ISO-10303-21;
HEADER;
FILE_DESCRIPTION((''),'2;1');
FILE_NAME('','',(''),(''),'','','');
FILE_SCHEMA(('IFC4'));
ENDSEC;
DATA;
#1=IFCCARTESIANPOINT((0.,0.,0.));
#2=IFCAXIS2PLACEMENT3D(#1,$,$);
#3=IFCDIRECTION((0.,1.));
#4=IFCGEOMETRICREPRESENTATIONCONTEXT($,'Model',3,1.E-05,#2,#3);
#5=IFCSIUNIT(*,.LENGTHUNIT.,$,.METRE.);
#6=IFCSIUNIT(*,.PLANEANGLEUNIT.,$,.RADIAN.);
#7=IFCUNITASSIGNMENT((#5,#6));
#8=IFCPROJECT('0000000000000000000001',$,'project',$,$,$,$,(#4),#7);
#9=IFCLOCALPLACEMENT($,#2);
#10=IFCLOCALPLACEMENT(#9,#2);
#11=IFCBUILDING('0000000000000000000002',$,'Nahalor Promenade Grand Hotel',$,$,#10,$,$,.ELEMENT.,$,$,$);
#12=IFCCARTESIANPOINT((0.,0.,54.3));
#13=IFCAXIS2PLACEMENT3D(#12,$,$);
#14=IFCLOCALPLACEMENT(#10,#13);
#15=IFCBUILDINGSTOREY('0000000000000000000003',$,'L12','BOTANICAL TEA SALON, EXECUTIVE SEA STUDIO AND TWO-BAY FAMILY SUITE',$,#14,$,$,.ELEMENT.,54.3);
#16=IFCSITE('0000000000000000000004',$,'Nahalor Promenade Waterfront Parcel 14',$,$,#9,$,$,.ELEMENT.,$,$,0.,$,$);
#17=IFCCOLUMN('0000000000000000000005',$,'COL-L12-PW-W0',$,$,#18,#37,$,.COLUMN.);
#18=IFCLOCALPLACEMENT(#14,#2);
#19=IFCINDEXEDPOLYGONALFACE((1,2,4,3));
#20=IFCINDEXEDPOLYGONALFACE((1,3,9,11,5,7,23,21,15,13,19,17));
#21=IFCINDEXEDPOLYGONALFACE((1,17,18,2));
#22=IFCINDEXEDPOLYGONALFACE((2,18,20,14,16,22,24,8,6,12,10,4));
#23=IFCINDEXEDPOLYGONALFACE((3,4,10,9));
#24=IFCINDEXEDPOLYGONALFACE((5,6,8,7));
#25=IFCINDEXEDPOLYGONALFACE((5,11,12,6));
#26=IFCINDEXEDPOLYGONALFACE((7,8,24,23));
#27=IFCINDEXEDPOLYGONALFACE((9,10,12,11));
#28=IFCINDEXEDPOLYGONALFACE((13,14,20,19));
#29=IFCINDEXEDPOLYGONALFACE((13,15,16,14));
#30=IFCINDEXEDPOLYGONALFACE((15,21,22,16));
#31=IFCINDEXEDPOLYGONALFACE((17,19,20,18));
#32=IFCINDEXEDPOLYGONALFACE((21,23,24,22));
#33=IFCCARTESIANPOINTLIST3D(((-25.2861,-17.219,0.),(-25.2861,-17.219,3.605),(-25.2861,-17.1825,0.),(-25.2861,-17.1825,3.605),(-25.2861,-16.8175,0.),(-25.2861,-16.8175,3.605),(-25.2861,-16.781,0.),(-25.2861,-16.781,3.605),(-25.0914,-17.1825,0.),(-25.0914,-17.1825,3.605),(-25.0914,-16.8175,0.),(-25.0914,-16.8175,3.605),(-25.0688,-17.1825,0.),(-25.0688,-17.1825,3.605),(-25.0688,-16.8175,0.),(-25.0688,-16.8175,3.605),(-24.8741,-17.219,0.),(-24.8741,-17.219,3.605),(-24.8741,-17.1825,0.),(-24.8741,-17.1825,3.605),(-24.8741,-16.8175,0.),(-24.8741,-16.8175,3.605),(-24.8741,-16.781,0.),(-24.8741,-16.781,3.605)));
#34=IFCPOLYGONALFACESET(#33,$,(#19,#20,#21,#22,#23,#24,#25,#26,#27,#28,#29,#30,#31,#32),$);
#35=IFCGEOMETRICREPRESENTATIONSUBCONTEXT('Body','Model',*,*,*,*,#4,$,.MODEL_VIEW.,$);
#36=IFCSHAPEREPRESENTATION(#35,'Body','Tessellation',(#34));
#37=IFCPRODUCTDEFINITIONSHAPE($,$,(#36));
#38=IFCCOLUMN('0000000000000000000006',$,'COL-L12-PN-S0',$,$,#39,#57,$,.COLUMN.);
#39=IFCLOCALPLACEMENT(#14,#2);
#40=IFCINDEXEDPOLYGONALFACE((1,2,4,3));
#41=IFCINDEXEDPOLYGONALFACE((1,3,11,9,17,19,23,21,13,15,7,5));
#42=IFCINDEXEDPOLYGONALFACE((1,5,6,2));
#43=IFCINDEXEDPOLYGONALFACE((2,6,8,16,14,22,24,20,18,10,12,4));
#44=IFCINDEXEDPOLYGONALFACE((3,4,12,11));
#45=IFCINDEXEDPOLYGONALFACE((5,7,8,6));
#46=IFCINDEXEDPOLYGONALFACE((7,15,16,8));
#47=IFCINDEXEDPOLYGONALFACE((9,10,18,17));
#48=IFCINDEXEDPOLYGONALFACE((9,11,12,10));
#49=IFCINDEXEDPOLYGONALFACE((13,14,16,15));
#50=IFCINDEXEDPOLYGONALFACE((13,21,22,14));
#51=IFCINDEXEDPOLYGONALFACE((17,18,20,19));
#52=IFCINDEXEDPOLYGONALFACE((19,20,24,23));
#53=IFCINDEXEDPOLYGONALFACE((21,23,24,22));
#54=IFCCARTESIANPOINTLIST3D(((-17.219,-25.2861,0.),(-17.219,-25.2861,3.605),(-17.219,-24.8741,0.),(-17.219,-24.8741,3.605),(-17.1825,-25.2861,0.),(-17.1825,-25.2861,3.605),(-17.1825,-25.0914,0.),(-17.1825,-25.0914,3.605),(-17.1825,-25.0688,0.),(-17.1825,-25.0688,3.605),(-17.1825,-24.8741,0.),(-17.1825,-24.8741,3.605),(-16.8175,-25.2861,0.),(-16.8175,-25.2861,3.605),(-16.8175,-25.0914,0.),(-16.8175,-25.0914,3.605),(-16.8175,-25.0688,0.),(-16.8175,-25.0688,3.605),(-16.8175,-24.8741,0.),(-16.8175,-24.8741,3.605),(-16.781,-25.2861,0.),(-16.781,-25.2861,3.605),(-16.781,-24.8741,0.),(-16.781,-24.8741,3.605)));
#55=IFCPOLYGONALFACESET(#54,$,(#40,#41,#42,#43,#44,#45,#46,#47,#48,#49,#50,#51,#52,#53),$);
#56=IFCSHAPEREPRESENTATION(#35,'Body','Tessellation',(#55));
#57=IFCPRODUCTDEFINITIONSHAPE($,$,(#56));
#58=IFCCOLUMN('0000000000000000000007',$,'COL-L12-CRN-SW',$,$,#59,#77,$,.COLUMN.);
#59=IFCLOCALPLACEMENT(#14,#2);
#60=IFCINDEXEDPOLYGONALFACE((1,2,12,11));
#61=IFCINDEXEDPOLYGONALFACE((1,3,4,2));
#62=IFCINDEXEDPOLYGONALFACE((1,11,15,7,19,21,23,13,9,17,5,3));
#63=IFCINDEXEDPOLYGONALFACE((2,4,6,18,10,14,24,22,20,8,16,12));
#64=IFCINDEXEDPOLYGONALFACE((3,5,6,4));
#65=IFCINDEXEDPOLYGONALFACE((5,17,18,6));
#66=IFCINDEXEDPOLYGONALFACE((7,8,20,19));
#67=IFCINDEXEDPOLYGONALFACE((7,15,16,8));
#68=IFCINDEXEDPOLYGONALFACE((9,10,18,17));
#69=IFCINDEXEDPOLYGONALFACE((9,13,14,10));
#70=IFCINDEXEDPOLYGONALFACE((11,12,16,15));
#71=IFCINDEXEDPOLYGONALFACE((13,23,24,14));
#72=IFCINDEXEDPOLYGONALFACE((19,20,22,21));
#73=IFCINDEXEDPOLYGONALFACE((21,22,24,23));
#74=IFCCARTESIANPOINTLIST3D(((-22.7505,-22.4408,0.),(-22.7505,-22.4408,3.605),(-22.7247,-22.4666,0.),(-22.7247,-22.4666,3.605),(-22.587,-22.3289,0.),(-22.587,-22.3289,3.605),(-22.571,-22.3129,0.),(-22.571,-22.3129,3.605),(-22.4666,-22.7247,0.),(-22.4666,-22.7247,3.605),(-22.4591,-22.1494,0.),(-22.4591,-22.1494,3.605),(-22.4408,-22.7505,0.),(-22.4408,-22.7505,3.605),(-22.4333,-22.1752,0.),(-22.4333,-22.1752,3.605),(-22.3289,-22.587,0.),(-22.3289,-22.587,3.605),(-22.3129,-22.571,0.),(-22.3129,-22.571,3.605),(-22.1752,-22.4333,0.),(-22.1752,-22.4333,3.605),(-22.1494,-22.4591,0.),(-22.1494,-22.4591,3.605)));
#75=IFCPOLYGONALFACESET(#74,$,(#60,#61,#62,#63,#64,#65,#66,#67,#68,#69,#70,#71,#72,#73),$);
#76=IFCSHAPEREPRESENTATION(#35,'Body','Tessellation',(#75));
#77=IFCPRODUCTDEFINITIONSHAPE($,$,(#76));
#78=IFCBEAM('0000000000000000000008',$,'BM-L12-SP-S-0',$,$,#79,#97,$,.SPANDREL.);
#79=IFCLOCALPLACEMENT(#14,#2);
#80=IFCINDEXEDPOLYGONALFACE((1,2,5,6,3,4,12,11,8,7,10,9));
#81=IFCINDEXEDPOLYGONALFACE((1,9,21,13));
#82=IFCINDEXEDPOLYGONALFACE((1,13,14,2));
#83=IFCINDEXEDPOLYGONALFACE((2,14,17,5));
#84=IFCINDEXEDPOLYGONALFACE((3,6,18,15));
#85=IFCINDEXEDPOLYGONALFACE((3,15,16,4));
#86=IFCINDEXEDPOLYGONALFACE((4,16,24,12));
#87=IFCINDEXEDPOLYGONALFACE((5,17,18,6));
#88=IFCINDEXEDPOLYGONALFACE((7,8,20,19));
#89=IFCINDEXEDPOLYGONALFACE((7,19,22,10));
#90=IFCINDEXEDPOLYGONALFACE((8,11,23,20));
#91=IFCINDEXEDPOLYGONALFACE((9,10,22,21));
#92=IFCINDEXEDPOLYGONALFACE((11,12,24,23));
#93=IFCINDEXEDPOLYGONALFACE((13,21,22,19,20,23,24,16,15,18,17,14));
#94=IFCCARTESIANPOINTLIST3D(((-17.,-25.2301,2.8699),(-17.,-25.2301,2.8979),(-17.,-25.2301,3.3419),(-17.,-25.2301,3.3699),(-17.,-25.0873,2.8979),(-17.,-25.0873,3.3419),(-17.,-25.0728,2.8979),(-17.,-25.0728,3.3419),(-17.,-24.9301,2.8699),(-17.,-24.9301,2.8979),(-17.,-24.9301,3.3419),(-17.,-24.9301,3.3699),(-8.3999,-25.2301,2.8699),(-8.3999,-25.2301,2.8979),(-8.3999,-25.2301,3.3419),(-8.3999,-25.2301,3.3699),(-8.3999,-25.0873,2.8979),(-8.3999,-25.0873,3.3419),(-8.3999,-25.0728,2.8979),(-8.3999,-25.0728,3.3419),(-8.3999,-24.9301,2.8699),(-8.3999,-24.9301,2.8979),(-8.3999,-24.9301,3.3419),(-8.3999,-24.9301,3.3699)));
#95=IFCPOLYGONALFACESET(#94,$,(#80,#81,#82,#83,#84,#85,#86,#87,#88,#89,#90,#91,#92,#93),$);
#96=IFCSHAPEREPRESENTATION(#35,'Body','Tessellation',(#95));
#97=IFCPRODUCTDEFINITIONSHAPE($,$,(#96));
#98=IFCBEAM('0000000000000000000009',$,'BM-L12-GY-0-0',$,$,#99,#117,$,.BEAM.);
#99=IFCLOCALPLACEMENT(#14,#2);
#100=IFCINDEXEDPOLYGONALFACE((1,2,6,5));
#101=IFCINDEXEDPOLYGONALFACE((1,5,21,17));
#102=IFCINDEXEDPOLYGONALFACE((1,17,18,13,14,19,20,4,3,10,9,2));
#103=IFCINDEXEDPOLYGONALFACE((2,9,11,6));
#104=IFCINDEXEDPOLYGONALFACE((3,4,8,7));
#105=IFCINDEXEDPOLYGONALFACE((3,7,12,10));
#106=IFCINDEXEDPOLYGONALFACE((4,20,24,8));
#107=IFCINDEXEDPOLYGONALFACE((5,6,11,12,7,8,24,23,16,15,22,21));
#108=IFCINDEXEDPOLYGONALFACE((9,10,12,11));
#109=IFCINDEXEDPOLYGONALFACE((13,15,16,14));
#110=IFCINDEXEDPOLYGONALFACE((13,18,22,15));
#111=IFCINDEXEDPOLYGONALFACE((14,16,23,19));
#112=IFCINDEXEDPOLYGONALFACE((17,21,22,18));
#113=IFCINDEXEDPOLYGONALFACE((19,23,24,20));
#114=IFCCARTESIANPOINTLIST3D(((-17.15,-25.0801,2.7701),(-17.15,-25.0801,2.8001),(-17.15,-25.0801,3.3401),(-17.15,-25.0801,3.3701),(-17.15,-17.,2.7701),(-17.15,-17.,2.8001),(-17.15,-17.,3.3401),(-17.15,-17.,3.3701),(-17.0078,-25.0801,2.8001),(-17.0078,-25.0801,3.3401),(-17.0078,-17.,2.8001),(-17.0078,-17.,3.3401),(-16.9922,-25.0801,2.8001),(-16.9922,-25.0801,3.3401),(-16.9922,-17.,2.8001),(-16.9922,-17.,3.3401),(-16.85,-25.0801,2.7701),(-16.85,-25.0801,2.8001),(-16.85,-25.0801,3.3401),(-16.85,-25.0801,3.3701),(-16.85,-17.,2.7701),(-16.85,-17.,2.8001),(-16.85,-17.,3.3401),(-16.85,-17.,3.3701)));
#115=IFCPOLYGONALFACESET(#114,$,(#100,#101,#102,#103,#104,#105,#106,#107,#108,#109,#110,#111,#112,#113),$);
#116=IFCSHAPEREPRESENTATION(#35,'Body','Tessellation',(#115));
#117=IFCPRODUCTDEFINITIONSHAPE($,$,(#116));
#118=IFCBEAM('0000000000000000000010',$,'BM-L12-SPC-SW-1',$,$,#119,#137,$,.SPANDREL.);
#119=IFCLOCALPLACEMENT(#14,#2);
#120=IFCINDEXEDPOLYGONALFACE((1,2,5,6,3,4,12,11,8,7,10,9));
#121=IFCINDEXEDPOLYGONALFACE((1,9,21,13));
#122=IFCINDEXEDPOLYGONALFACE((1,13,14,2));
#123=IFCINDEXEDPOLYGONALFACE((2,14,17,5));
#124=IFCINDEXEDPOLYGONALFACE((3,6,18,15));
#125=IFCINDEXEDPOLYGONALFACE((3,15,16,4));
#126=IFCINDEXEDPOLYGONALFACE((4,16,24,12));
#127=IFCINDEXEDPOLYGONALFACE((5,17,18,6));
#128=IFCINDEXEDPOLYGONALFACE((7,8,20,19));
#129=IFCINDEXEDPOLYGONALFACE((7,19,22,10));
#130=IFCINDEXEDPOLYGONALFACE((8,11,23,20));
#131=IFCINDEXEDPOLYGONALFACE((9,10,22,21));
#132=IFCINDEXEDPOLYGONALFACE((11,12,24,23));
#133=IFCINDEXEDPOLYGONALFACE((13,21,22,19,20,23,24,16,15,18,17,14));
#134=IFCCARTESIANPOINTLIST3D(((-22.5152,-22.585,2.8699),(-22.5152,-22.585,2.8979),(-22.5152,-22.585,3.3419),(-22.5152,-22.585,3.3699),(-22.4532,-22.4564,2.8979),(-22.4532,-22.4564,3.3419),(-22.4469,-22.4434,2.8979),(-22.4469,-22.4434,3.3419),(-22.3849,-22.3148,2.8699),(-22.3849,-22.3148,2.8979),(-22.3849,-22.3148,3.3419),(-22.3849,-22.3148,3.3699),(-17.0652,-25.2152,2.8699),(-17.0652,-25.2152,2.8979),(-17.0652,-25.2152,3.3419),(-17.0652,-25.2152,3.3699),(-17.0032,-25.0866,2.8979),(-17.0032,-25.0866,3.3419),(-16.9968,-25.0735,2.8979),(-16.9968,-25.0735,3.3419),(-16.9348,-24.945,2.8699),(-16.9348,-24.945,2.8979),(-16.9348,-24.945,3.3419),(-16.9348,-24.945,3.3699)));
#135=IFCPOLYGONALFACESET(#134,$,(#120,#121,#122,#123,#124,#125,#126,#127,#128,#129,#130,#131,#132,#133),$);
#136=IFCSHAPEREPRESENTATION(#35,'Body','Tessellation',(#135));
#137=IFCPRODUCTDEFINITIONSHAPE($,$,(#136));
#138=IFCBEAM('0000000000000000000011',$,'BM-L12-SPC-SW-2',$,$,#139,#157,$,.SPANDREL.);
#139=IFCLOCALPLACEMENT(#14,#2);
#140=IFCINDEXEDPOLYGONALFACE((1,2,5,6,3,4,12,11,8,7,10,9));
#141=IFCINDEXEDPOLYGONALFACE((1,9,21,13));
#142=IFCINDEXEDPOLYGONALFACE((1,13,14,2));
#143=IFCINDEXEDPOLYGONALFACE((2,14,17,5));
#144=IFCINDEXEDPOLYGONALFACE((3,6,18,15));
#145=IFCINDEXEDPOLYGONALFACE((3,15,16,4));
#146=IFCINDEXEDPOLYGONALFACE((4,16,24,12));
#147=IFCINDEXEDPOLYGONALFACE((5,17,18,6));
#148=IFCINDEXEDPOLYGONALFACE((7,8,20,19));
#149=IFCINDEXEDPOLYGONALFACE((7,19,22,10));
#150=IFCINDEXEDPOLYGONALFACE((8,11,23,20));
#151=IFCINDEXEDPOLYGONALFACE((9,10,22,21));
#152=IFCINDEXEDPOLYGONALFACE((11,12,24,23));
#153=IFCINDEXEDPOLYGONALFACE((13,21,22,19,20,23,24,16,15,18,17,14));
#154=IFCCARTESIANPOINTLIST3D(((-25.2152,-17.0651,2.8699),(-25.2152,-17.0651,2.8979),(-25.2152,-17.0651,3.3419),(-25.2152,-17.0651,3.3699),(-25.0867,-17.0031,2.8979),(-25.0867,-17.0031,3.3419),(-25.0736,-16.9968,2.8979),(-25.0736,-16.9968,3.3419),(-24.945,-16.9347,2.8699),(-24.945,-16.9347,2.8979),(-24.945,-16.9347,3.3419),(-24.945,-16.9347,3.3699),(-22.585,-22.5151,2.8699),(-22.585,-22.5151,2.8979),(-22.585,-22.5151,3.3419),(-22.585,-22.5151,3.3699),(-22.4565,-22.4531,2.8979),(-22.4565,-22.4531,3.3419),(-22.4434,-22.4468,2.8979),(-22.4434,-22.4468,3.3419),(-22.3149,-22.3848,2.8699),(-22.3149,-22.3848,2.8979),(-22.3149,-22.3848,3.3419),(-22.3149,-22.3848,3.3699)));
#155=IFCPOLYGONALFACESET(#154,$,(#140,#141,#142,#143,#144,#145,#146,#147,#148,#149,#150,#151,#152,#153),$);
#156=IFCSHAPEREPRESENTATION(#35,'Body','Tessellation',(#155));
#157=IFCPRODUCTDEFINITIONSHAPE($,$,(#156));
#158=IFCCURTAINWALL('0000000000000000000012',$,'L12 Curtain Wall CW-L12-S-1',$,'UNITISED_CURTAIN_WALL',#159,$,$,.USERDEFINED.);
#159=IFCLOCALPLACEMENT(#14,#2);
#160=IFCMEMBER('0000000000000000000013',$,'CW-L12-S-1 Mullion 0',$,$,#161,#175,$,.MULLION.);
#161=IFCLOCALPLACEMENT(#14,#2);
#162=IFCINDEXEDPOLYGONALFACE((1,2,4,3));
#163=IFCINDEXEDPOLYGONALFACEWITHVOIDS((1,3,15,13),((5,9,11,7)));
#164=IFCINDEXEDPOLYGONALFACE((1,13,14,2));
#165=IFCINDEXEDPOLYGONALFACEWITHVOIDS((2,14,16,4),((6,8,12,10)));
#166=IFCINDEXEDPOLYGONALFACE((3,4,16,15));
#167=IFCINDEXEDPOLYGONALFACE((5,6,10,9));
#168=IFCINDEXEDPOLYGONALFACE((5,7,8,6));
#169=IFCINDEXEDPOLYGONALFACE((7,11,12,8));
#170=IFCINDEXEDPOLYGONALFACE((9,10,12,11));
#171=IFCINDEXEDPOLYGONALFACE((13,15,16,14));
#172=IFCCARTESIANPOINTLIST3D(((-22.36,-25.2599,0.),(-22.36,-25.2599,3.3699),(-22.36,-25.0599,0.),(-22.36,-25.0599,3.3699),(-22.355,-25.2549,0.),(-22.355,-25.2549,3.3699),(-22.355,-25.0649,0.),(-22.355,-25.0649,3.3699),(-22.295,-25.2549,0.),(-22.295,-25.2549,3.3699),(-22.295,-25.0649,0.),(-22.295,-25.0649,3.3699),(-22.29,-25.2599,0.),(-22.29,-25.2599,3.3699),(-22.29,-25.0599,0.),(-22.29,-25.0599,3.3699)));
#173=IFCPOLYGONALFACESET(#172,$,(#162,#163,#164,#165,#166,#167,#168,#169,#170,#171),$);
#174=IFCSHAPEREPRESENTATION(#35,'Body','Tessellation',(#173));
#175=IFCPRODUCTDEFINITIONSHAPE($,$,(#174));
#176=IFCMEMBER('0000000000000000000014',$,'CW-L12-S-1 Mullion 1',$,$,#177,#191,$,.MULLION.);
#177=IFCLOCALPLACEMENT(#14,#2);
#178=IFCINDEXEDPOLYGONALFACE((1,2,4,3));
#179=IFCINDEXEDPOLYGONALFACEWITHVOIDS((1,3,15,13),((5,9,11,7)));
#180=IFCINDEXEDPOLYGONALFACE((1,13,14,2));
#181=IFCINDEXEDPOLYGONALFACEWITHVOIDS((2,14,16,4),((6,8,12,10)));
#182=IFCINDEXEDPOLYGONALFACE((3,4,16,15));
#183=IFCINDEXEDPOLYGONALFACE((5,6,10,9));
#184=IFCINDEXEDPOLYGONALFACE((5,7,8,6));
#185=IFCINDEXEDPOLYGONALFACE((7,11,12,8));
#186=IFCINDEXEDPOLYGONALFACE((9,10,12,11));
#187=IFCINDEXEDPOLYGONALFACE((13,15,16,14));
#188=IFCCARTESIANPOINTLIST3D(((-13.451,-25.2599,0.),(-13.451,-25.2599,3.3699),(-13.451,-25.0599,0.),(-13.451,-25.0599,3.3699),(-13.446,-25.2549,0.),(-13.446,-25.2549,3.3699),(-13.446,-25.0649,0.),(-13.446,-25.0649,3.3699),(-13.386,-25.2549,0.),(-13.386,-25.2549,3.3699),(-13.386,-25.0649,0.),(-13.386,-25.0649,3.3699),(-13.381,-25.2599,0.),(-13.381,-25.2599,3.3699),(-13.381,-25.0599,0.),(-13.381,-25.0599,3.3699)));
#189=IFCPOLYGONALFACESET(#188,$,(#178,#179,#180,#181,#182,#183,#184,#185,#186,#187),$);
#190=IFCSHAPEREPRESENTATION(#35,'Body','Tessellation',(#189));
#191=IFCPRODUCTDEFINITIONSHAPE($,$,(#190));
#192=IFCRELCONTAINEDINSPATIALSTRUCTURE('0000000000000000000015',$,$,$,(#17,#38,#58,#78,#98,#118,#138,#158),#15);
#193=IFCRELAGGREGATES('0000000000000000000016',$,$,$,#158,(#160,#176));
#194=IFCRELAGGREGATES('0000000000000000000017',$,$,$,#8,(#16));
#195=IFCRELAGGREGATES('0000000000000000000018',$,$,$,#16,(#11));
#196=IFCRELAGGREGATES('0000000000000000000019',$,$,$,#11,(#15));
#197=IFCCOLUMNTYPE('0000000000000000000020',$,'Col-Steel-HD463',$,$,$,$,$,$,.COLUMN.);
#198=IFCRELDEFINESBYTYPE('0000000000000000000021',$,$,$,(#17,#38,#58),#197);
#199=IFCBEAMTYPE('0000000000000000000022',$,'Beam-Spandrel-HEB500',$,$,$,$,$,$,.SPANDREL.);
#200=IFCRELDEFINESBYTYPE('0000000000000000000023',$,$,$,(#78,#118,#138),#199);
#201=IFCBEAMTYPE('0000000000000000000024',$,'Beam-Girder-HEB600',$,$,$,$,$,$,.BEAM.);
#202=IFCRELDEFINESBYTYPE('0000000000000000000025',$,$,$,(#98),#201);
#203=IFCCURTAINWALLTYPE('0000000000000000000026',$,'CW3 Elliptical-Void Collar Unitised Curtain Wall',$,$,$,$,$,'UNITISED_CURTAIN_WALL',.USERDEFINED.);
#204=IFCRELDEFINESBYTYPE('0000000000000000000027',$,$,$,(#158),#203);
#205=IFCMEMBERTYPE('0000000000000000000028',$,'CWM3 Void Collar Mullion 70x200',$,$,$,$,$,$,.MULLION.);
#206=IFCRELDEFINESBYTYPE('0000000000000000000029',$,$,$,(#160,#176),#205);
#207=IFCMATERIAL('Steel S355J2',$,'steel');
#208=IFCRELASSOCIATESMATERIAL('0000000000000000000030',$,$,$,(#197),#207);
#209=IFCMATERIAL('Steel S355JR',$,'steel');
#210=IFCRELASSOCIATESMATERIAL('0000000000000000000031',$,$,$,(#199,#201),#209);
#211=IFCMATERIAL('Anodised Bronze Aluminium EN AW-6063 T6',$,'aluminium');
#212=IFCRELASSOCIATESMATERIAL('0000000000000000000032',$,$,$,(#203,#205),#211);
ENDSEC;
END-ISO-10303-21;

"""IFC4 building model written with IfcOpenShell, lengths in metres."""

from ifc_helpers import new_model, si_unit, direction, frame, origin, origin_2d, place, context, subcontext, project, spatial, hollow_rectangle, i_section, extrude, source, transform, mapped, material, material_profile, profile_set, type_object, element, aggregate, save


model = new_model("IFC4")

# Units and contexts
model_context = context("Model", 3, precision=1e-05, world=origin(), true_north=direction((0.0, 1.0)))
body_context = subcontext(model_context, "Body", "Model", "MODEL_VIEW")
ifc_project = project(units=[si_unit("LENGTHUNIT", "METRE"), si_unit("PLANEANGLEUNIT", "RADIAN")], contexts=[model_context])

# Site, building, storey
site_placement = place(None, origin())
site = spatial("IfcSite", under=ifc_project, at=site_placement, Name="Nahalor Promenade Waterfront Parcel 14", CompositionType="ELEMENT", RefElevation=0.0)
building_placement = place(site_placement, origin())
building = spatial("IfcBuilding", under=site, at=building_placement, Name="Nahalor Promenade Grand Hotel", CompositionType="ELEMENT")
storey_placement = place(building_placement, frame((0.0, 0.0, 54.3)))
storey = spatial("IfcBuildingStorey", under=building, at=storey_placement, Name="L12", Description="BOTANICAL TEA SALON, EXECUTIVE SEA STUDIO AND TWO-BAY FAMILY SUITE", CompositionType="ELEMENT", Elevation=54.3)

# Columns
ifc_material_1 = material(Name="Steel S355J2", Category="steel")
ifc_material_profile_1 = material_profile(ifc_material_1, i_section(OverallWidth=0.412, OverallDepth=0.438, WebThickness=0.0226, FlangeThickness=0.0365, at=origin_2d()), Name="HD 400x463")
ifc_profile_set_1 = profile_set([ifc_material_profile_1], Name="Steel S355J2")
column_type = type_object("IfcColumnType", Name="Col-Steel-HD463", PredefinedType="COLUMN", material=ifc_profile_set_1)
shared_shape_1 = source(origin(), body_context, "Body", "SweptSolid", [
    extrude(i_section(OverallWidth=0.412, OverallDepth=0.438, WebThickness=0.0226, FlangeThickness=0.0365, at=origin_2d()), origin(), (0.0, 0.0, 1.0), 3.605),
])
for number, where, z_axis, x_axis, name in (
    (1, (-25.0801, -17.0, 0.0), (0.0, 0.0, 1.0), (1.0, 0.0, 0.0), "COL-L12-PW-W0"),
    (2, (-17.0, -25.0801, 0.0), (0.0, 0.0, 1.0), (0.0, 1.0, 0.0), "COL-L12-PN-S0"),
    (3, (-22.45, -22.45, 0.0), (0.0, 0.0, 1.0), (0.707107, 0.707107, 0.0), "COL-L12-CRN-SW"),
):
    element("IfcColumn", number, at=place(storey_placement, frame(where, z_axis=z_axis, x_axis=x_axis)), inside=storey, type_object=column_type, Name=name, PredefinedType="COLUMN", context=body_context, shape_type="MappedRepresentation", body=[
        mapped(shared_shape_1, transform((0.0, 0.0, 0.0), scale=1.0)),
    ])

# Beams
ifc_material_2 = material(Name="Steel S355JR", Category="steel")
ifc_material_profile_2 = material_profile(ifc_material_2, i_section(OverallWidth=0.3, OverallDepth=0.5, WebThickness=0.0145, FlangeThickness=0.028, at=origin_2d()), Name="HEB 500")
ifc_profile_set_2 = profile_set([ifc_material_profile_2], Name="Steel S355JR")
beam_type_1 = type_object("IfcBeamType", Name="Beam-Spandrel-HEB500", PredefinedType="SPANDREL", material=ifc_profile_set_2)
shared_shape_2 = source(origin(), body_context, "Body", "SweptSolid", [
    extrude(i_section(OverallWidth=0.3, OverallDepth=0.5, WebThickness=0.0145, FlangeThickness=0.028, at=origin_2d()), origin(), (0.0, 0.0, 1.0), 8.6001),
])
beam_1_placement = place(storey_placement, frame((-17.0, -25.0801, 3.1199), z_axis=(1.0, 0.0, 0.0), x_axis=(0.0, 1.0, 0.0)))
element("IfcBeam", 4, at=beam_1_placement, inside=storey, type_object=beam_type_1, Name="BM-L12-SP-S-0", PredefinedType="SPANDREL", context=body_context, shape_type="MappedRepresentation", body=[
    mapped(shared_shape_2, transform((0.0, 0.0, 0.0), scale=1.0)),
])
ifc_material_profile_3 = material_profile(ifc_material_2, i_section(OverallWidth=0.3, OverallDepth=0.6, WebThickness=0.0155, FlangeThickness=0.03, at=origin_2d()), Name="HEB 600")
ifc_profile_set_3 = profile_set([ifc_material_profile_3], Name="Steel S355JR")
beam_type_2 = type_object("IfcBeamType", Name="Beam-Girder-HEB600", PredefinedType="BEAM", material=ifc_profile_set_3)
shared_shape_3 = source(origin(), body_context, "Body", "SweptSolid", [
    extrude(i_section(OverallWidth=0.3, OverallDepth=0.6, WebThickness=0.0155, FlangeThickness=0.03, at=origin_2d()), origin(), (0.0, 0.0, 1.0), 8.0801),
])
beam_2_placement = place(storey_placement, frame((-17.0, -25.0801, 3.0701), z_axis=(0.0, 1.0, 0.0), x_axis=(-1.0, 0.0, 0.0)))
element("IfcBeam", 5, at=beam_2_placement, inside=storey, type_object=beam_type_2, Name="BM-L12-GY-0-0", PredefinedType="BEAM", context=body_context, shape_type="MappedRepresentation", body=[
    mapped(shared_shape_3, transform((0.0, 0.0, 0.0), scale=1.0)),
])
shared_shape_4 = source(origin(), body_context, "Body", "SweptSolid", [
    extrude(i_section(OverallWidth=0.3, OverallDepth=0.5, WebThickness=0.0145, FlangeThickness=0.028, at=origin_2d()), origin(), (0.0, 0.0, 1.0), 6.0515),
])
for number, where, z_axis, x_axis, name in (
    (6, (-17.0, -25.0801, 3.1199), (-0.900609, 0.434631, 0.0), (-0.434631, -0.900609, 0.0), "BM-L12-SPC-SW-1"),
    (7, (-22.45, -22.45, 3.1199), (-0.434631, 0.900609, 0.0), (-0.900609, -0.434631, 0.0), "BM-L12-SPC-SW-2"),
):
    element("IfcBeam", number, at=place(storey_placement, frame(where, z_axis=z_axis, x_axis=x_axis)), inside=storey, type_object=beam_type_1, Name=name, PredefinedType="SPANDREL", context=body_context, shape_type="MappedRepresentation", body=[
        mapped(shared_shape_4, transform((0.0, 0.0, 0.0), scale=1.0)),
    ])

# Curtain wall, members
ifc_material_3 = material(Name="Anodised Bronze Aluminium EN AW-6063 T6", Category="aluminium")
curtain_wall_type = type_object("IfcCurtainWallType", Name="CW3 Elliptical-Void Collar Unitised Curtain Wall", ElementType="UNITISED_CURTAIN_WALL", PredefinedType="USERDEFINED", material=ifc_material_3)
curtain_wall_1_placement = place(storey_placement, origin())
curtain_wall_1 = element("IfcCurtainWall", 8, at=curtain_wall_1_placement, inside=storey, type_object=curtain_wall_type, Name="L12 Curtain Wall CW-L12-S-1", ObjectType="UNITISED_CURTAIN_WALL", PredefinedType="USERDEFINED")
ifc_material_profile_4 = material_profile(ifc_material_3, hollow_rectangle(XDim=0.07, YDim=0.2, WallThickness=0.005, at=origin_2d()), Name="CWM 70x200x5")
ifc_profile_set_4 = profile_set([ifc_material_profile_4], Name="Anodised Bronze Aluminium EN AW-6063 T6")
member_type_1 = type_object("IfcMemberType", Name="CWM3 Void Collar Mullion 70x200", PredefinedType="MULLION", material=ifc_profile_set_4)
shared_shape_5 = source(origin(), body_context, "Body", "SweptSolid", [
    extrude(hollow_rectangle(XDim=0.07, YDim=0.2, WallThickness=0.005, at=origin_2d()), origin(), (0.0, 0.0, 1.0), 3.3699),
])
member_1_placement = place(storey_placement, frame((-22.325, -25.1599, 0.0), z_axis=(0.0, 0.0, 1.0), x_axis=(1.0, 0.0, 0.0)))
member_1 = element("IfcMember", 9, at=member_1_placement, type_object=member_type_1, Name="CW-L12-S-1 Mullion 0", PredefinedType="MULLION", context=body_context, shape_type="MappedRepresentation", body=[
    mapped(shared_shape_5, transform((0.0, 0.0, 0.0), scale=1.0)),
])
member_2_placement = place(storey_placement, frame((-13.416, -25.1599, 0.0), z_axis=(0.0, 0.0, 1.0), x_axis=(1.0, 0.0, 0.0)))
member_2 = element("IfcMember", 10, at=member_2_placement, type_object=member_type_1, Name="CW-L12-S-1 Mullion 1", PredefinedType="MULLION", context=body_context, shape_type="MappedRepresentation", body=[
    mapped(shared_shape_5, transform((0.0, 0.0, 0.0), scale=1.0)),
])

aggregate(curtain_wall_1, [member_1, member_2])

save(model, "model.ifc")
